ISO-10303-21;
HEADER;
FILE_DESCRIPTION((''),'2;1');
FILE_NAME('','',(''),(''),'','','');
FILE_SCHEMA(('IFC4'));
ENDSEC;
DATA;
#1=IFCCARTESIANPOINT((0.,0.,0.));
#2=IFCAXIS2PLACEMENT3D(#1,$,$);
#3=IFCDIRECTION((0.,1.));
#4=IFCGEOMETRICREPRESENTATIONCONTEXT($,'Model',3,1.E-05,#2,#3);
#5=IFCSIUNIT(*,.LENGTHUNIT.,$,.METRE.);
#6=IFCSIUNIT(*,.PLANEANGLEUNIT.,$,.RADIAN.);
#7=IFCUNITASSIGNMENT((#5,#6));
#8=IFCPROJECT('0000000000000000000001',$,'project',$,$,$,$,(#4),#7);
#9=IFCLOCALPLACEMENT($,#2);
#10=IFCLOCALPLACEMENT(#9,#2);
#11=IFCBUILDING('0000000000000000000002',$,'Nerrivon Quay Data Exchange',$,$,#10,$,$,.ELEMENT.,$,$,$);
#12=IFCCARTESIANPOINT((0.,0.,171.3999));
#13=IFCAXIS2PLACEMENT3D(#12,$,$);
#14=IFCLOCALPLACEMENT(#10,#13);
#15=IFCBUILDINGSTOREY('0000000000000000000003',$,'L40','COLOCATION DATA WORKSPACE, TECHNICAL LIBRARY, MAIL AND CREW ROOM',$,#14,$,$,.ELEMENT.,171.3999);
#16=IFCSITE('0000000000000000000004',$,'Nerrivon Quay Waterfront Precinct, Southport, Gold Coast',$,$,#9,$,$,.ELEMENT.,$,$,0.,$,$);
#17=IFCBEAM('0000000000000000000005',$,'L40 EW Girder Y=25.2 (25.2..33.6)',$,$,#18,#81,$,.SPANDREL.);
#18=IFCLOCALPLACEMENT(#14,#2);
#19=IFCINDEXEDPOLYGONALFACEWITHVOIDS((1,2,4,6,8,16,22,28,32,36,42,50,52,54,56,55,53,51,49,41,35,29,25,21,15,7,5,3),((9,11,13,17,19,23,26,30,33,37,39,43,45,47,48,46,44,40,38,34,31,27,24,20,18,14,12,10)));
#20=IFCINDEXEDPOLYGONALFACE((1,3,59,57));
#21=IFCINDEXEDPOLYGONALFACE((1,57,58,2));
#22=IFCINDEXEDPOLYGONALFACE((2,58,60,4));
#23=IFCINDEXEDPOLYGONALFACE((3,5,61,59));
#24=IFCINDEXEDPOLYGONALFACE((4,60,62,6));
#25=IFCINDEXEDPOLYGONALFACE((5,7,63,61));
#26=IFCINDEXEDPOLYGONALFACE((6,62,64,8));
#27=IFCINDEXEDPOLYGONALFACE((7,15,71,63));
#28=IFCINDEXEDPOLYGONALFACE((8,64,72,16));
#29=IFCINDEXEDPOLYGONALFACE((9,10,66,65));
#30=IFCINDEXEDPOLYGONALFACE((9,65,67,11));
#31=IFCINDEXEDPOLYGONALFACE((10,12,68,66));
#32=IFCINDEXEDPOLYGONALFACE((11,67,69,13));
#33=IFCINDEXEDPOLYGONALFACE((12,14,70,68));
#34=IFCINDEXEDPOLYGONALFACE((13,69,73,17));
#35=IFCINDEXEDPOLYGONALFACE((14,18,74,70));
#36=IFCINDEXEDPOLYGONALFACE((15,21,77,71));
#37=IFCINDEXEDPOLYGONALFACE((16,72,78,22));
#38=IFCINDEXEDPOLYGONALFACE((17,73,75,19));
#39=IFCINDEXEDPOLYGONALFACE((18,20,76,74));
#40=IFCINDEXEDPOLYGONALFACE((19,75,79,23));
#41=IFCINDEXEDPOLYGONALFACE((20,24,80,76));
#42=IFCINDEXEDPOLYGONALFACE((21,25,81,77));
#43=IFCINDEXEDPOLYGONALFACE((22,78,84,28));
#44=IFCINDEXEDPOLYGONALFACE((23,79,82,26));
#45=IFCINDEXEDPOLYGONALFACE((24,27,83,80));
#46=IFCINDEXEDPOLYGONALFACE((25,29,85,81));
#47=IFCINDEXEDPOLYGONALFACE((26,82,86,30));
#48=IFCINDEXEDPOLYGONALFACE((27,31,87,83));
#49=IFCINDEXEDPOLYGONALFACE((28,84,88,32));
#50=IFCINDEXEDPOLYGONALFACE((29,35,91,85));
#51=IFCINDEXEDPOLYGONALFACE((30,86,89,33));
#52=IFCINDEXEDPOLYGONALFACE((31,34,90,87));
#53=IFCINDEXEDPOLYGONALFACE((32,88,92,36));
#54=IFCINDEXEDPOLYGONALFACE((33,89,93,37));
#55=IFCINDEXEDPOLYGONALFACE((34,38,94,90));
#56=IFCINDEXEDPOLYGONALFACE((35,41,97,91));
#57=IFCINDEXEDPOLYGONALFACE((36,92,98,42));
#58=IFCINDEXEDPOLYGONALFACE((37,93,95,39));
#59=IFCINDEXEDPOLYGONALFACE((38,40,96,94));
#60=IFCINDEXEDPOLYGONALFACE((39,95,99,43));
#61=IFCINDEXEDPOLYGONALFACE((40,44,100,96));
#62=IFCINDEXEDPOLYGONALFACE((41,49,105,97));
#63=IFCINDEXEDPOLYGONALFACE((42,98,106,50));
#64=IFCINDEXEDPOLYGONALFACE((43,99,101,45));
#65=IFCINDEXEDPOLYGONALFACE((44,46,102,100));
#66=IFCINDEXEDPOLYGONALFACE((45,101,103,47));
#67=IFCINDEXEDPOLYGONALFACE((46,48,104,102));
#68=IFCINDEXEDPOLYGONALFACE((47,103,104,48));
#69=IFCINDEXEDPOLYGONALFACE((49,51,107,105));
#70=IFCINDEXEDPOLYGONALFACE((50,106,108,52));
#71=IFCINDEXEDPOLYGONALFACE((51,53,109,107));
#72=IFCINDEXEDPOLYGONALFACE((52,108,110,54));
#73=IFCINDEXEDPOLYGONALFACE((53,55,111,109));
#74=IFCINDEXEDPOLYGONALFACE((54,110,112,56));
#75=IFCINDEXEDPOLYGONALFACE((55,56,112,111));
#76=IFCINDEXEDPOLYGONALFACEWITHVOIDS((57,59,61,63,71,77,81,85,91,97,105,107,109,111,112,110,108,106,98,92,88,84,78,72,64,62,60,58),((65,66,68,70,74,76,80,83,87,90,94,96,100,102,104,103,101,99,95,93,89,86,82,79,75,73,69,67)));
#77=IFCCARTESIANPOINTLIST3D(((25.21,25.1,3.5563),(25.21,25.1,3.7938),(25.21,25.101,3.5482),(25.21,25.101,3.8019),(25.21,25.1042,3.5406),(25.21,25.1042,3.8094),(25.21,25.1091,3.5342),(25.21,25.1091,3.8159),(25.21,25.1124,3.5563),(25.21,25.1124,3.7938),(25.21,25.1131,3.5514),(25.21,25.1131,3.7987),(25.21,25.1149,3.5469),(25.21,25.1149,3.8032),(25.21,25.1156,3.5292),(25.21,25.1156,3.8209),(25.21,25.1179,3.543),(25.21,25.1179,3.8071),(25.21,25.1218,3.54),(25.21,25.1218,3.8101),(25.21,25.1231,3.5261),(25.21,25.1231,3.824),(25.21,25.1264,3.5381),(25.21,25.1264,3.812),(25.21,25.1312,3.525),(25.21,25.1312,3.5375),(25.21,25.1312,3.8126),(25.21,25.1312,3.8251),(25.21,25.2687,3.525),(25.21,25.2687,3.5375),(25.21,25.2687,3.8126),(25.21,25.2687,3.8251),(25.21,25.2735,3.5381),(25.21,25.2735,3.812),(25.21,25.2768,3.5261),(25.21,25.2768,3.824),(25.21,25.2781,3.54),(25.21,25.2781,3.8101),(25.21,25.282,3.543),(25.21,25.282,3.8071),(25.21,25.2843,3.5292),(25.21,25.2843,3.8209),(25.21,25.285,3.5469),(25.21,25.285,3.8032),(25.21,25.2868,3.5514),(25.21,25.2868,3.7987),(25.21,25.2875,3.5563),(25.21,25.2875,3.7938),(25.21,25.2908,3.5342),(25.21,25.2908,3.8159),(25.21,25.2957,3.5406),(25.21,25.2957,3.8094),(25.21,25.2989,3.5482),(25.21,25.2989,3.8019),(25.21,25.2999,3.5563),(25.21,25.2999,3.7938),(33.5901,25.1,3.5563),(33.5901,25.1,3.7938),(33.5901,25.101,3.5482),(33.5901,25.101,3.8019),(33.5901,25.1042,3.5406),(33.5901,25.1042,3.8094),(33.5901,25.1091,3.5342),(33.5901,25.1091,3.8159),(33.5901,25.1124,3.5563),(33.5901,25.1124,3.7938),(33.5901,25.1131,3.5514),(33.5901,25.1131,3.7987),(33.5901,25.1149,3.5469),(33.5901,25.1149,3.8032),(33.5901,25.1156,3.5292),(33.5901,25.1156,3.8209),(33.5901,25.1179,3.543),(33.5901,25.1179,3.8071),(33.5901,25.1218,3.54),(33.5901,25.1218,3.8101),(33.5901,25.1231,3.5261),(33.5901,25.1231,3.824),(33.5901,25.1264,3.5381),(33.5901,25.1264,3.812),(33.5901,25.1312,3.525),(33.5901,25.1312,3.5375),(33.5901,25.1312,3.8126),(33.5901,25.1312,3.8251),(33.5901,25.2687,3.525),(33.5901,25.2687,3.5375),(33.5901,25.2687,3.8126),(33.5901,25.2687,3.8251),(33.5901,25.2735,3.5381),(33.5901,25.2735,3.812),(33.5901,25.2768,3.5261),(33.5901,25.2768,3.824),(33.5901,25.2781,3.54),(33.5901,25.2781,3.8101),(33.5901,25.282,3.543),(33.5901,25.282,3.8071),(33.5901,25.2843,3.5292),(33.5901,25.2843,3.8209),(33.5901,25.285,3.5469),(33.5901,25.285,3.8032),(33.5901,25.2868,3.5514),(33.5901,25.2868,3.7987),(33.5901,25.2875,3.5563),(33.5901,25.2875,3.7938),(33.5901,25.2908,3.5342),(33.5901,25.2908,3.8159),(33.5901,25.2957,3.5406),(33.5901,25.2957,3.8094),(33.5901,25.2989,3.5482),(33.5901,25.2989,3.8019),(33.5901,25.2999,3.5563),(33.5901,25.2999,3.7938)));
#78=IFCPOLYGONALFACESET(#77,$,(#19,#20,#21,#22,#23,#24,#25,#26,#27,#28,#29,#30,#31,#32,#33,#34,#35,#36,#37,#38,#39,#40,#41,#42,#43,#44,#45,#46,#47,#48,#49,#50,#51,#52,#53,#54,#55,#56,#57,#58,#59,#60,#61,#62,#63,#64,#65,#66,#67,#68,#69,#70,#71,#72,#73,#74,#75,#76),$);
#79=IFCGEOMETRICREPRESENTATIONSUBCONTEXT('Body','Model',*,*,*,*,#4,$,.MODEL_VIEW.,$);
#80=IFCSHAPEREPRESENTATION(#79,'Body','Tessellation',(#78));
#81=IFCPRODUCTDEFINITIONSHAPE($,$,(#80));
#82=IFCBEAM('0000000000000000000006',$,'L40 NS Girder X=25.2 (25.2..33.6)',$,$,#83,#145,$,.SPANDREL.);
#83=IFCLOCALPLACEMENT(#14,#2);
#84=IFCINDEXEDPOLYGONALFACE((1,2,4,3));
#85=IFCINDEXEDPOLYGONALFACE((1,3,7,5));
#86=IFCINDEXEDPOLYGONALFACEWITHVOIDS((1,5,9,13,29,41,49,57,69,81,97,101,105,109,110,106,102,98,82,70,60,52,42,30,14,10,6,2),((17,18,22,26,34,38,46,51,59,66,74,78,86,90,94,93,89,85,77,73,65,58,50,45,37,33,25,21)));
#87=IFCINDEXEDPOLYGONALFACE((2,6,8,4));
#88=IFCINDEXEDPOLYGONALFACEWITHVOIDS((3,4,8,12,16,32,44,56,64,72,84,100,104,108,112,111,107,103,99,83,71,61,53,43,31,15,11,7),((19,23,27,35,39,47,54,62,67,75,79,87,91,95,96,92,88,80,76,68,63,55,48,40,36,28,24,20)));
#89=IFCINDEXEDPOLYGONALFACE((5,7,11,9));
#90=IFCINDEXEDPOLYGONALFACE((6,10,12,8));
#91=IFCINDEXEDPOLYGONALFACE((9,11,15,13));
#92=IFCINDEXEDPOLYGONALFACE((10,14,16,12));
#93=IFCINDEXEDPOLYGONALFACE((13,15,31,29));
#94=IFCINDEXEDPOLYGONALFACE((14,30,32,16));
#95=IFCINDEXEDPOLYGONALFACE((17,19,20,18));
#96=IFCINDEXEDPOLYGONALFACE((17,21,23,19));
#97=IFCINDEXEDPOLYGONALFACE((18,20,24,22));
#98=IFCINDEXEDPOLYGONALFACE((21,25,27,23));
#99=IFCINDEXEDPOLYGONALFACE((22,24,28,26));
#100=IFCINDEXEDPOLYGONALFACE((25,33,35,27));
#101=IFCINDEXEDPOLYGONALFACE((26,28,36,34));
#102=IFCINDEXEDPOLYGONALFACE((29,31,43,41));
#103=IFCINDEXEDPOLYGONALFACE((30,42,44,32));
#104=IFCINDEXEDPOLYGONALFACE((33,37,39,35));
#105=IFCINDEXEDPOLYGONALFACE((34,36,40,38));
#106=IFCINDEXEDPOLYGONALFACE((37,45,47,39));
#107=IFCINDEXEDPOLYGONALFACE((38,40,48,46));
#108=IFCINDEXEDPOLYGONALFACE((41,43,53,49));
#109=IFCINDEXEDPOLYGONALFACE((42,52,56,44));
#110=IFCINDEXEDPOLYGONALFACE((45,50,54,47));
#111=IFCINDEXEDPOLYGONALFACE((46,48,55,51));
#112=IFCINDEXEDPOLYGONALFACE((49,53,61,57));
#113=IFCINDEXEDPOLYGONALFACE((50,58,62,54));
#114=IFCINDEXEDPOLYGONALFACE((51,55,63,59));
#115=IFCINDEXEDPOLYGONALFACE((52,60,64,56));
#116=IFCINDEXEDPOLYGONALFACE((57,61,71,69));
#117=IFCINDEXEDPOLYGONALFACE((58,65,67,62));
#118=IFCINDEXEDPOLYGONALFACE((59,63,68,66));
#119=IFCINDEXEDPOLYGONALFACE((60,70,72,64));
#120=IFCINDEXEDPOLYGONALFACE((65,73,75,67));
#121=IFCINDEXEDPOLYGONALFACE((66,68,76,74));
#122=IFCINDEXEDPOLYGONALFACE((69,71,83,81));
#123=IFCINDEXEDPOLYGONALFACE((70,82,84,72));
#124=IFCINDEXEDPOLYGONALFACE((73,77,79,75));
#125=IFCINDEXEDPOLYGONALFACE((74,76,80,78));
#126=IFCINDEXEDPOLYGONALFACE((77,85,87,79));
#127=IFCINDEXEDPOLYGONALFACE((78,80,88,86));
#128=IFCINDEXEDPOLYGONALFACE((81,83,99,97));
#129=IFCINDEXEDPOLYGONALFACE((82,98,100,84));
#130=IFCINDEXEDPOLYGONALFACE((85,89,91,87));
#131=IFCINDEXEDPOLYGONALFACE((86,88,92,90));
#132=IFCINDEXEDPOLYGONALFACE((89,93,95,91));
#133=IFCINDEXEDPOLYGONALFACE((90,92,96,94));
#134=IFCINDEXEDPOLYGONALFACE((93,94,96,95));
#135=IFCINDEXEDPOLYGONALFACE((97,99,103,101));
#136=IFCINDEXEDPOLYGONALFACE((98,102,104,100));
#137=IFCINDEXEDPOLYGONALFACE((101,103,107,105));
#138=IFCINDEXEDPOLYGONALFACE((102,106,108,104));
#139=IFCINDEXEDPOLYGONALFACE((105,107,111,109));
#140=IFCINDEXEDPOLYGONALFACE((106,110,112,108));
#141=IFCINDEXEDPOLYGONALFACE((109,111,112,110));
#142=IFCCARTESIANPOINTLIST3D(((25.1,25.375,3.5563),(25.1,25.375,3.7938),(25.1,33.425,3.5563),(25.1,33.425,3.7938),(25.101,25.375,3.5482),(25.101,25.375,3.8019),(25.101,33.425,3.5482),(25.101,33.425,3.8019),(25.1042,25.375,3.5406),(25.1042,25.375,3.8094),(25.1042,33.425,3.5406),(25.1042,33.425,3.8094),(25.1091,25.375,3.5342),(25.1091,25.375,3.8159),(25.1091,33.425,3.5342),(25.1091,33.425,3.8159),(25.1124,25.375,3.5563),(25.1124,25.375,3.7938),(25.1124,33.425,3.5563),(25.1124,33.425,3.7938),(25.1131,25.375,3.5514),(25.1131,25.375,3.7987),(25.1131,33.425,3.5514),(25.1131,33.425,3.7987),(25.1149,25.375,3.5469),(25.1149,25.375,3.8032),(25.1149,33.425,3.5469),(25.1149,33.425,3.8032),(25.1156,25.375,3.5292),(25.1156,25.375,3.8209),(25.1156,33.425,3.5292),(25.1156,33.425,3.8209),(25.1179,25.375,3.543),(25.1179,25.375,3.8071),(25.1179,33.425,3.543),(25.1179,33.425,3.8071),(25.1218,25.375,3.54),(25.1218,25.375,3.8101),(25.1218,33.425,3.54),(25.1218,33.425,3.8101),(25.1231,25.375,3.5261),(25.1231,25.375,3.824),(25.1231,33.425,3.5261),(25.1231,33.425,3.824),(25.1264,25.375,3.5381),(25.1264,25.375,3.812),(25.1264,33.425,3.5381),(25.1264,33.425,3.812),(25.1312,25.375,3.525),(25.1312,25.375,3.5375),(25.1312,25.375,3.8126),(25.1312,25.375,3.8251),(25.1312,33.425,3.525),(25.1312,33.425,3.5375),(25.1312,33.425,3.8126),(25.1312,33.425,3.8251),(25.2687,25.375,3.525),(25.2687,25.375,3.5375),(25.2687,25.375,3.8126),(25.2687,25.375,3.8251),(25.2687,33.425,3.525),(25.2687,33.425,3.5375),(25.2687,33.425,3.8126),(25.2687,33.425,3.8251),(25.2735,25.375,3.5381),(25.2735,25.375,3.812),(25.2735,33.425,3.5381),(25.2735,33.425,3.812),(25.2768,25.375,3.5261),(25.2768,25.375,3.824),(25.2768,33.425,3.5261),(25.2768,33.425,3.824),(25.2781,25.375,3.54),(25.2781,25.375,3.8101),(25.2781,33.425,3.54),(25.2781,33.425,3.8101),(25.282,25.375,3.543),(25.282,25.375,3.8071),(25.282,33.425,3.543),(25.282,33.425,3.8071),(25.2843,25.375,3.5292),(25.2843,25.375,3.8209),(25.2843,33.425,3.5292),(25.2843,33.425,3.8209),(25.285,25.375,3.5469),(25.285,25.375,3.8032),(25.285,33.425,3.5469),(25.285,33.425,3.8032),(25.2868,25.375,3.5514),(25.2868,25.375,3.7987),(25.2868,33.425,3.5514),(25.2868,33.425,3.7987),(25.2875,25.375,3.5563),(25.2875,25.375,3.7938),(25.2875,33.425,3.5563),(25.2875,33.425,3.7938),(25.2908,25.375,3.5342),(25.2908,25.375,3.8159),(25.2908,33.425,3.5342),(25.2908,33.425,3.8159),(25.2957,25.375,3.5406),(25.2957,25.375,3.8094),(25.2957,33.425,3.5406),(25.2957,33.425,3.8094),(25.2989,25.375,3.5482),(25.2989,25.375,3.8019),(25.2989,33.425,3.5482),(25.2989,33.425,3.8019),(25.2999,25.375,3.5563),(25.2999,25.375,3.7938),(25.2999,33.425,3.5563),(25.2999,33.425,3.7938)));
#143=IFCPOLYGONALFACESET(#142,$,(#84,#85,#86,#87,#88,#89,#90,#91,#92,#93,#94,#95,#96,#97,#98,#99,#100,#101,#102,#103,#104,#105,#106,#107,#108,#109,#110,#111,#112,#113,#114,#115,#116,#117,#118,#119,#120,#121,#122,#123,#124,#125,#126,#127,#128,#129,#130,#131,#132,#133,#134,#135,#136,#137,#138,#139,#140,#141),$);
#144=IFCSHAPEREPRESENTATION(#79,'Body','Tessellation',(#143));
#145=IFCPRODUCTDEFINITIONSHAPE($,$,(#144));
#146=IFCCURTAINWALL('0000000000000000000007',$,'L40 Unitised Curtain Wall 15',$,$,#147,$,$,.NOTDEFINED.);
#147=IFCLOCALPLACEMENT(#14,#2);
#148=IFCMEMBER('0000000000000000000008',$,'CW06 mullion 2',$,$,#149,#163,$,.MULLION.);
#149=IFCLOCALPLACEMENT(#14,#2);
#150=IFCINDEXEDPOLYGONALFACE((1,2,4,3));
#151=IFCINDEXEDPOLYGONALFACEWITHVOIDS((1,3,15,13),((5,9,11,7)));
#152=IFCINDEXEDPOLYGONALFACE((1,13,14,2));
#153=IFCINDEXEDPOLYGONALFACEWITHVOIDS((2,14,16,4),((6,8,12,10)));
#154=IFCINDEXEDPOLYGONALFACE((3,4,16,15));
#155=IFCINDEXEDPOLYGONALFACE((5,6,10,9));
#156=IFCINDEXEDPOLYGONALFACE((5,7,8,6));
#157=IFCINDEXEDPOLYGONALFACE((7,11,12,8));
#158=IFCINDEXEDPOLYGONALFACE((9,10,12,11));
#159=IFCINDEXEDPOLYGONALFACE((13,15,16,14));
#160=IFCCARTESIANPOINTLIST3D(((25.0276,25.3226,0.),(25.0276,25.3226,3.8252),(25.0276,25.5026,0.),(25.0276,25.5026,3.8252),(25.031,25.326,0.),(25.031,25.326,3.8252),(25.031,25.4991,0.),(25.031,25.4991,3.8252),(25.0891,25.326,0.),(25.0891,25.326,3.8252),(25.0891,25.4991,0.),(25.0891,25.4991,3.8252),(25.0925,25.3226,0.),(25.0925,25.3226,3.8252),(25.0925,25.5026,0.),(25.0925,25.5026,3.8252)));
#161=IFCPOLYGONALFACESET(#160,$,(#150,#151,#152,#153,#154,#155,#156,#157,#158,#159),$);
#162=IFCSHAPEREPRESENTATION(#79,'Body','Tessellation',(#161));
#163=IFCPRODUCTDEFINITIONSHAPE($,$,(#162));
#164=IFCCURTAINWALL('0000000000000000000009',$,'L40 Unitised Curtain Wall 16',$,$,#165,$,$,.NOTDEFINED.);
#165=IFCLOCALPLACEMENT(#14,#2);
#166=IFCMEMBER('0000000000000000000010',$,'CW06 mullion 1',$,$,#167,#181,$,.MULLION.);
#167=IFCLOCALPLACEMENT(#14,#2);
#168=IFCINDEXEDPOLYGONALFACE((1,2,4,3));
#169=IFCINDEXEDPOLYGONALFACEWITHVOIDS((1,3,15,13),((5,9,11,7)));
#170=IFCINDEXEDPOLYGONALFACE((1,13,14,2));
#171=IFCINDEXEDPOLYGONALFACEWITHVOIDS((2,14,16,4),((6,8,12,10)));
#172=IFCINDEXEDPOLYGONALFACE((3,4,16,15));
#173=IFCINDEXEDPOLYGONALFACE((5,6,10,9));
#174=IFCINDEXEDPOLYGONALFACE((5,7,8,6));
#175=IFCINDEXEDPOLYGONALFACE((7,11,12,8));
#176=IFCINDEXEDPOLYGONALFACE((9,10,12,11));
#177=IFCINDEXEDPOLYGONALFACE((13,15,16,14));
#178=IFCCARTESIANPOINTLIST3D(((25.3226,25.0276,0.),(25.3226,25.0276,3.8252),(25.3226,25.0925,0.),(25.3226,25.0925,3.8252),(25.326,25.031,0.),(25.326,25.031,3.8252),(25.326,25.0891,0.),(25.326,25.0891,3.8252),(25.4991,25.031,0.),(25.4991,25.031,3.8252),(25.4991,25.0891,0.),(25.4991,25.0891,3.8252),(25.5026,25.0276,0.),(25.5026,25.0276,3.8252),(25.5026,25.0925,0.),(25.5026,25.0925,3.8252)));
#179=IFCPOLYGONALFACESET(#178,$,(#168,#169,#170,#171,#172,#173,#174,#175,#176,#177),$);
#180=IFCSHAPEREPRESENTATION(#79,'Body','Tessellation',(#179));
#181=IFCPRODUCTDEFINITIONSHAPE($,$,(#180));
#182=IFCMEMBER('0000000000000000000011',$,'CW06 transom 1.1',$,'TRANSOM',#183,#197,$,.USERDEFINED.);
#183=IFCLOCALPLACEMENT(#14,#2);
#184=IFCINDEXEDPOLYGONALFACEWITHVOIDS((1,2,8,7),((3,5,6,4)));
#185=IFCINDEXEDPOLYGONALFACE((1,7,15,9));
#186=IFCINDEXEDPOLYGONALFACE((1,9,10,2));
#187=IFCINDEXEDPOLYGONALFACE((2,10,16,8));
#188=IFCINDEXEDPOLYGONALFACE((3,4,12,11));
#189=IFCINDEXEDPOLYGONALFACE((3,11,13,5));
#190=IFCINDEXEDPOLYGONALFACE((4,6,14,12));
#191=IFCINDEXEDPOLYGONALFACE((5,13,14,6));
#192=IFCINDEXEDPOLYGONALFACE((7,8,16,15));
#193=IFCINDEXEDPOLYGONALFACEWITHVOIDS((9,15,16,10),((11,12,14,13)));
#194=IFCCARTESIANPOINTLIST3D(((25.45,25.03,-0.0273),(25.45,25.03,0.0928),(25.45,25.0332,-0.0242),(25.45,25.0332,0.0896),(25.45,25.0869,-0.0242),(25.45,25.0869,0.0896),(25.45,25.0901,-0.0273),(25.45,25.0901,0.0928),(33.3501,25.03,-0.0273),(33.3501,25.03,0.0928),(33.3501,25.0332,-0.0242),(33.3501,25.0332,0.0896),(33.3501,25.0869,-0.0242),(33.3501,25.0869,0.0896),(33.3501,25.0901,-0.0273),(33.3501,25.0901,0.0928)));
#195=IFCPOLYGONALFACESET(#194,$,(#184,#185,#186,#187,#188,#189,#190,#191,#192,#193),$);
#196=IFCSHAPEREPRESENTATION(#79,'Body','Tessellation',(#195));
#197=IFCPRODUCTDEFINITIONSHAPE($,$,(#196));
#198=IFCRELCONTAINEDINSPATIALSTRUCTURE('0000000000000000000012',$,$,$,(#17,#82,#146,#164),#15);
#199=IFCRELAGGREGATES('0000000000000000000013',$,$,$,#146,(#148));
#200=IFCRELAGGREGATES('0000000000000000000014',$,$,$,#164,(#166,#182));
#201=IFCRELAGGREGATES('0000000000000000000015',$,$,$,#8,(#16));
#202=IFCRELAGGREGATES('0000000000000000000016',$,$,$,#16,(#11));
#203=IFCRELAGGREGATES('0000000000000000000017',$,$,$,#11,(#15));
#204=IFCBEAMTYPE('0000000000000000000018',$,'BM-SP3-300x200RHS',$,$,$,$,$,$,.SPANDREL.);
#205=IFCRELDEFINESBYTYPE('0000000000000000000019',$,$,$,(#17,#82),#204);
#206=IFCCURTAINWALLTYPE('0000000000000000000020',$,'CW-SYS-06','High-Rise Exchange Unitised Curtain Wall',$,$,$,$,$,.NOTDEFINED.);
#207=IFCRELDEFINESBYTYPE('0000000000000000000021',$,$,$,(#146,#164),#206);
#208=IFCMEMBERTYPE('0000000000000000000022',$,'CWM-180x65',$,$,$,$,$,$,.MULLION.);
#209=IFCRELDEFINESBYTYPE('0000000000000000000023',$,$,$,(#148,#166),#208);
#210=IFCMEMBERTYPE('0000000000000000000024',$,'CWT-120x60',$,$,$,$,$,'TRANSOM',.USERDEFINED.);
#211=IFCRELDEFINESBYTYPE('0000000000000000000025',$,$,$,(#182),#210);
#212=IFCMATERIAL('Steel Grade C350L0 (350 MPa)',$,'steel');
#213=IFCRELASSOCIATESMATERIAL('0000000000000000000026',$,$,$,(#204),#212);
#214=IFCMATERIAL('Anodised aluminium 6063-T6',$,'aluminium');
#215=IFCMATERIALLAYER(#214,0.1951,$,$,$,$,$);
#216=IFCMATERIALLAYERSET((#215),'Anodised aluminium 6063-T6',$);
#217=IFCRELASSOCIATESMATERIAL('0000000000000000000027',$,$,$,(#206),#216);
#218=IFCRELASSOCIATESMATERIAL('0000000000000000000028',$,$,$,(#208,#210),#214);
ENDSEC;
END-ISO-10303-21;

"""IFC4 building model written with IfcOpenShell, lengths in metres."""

from ifc_helpers import new_model, si_unit, direction, frame, origin, origin_2d, place, context, subcontext, project, spatial, hollow_rectangle, extrude, material, layer, layer_set, material_profile, profile_set, type_object, element, aggregate, save


model = new_model("IFC4")

# Units and contexts
model_context = context("Model", 3, precision=1e-05, world=origin(), true_north=direction((0.0, 1.0)))
body_context = subcontext(model_context, "Body", "Model", "MODEL_VIEW")
ifc_project = project(units=[si_unit("LENGTHUNIT", "METRE"), si_unit("PLANEANGLEUNIT", "RADIAN")], contexts=[model_context])

# Site, building, storey
site_placement = place(None, origin())
site = spatial("IfcSite", under=ifc_project, at=site_placement, Name="Nerrivon Quay Waterfront Precinct, Southport, Gold Coast", CompositionType="ELEMENT", RefElevation=0.0)
building_placement = place(site_placement, origin())
building = spatial("IfcBuilding", under=site, at=building_placement, Name="Nerrivon Quay Data Exchange", CompositionType="ELEMENT")
storey_placement = place(building_placement, frame((0.0, 0.0, 171.3999)))
storey = spatial("IfcBuildingStorey", under=building, at=storey_placement, Name="L40", Description="COLOCATION DATA WORKSPACE, TECHNICAL LIBRARY, MAIL AND CREW ROOM", CompositionType="ELEMENT", Elevation=171.3999)

# Beams
ifc_material_1 = material(Name="Steel Grade C350L0 (350 MPa)", Category="steel")
ifc_material_profile_1 = material_profile(ifc_material_1, hollow_rectangle(XDim=0.2, YDim=0.3, WallThickness=0.0125, InnerFilletRadius=0.0188, OuterFilletRadius=0.0312, at=origin_2d()), Name="300x200x12.5RHS")
ifc_profile_set_1 = profile_set([ifc_material_profile_1], Name="Steel Grade C350L0 (350 MPa)")
beam_type_1 = type_object("IfcBeamType", Name="BM-SP3-300x200RHS", PredefinedType="SPANDREL", material=ifc_profile_set_1)
beam_1_placement = place(storey_placement, frame((25.21, 25.2, 3.675), z_axis=(1.0, 0.0, 0.0), x_axis=(0.0, 1.0, 0.0)))
element("IfcBeam", 1, at=beam_1_placement, inside=storey, type_object=beam_type_1, Name="L40 EW Girder Y=25.2 (25.2..33.6)", PredefinedType="SPANDREL", context=body_context, shape_type="SweptSolid", body=[
    extrude(hollow_rectangle(XDim=0.2, YDim=0.3, WallThickness=0.0125, InnerFilletRadius=0.0188, OuterFilletRadius=0.0312, at=origin_2d()), origin(), (0.0, 0.0, 1.0), 8.3801),
])
beam_2_placement = place(storey_placement, frame((25.2, 25.375, 3.675), z_axis=(0.0, 1.0, 0.0), x_axis=(-1.0, 0.0, 0.0)))
element("IfcBeam", 2, at=beam_2_placement, inside=storey, type_object=beam_type_1, Name="L40 NS Girder X=25.2 (25.2..33.6)", PredefinedType="SPANDREL", context=body_context, shape_type="SweptSolid", body=[
    extrude(hollow_rectangle(XDim=0.2, YDim=0.3, WallThickness=0.0125, InnerFilletRadius=0.0188, OuterFilletRadius=0.0312, at=origin_2d()), origin(), (0.0, 0.0, 1.0), 8.05),
])

# Curtain wall, member
ifc_material_2 = material(Name="Anodised aluminium 6063-T6", Category="aluminium")
ifc_layer_1 = layer(ifc_material_2, 0.1951)
ifc_layer_set_1 = layer_set([ifc_layer_1], Name="Anodised aluminium 6063-T6")
curtain_wall_type = type_object("IfcCurtainWallType", Name="CW-SYS-06", Description="High-Rise Exchange Unitised Curtain Wall", PredefinedType="NOTDEFINED", material=ifc_layer_set_1)
curtain_wall_1_placement = place(storey_placement, origin())
curtain_wall_1 = element("IfcCurtainWall", 3, at=curtain_wall_1_placement, inside=storey, type_object=curtain_wall_type, Name="L40 Unitised Curtain Wall 15", PredefinedType="NOTDEFINED")
ifc_material_profile_2 = material_profile(ifc_material_2, hollow_rectangle(XDim=0.0649, YDim=0.1799, WallThickness=0.0034, at=origin_2d()), Name="ALU-MULL-180x65")
ifc_profile_set_2 = profile_set([ifc_material_profile_2], Name="Anodised aluminium 6063-T6")
member_type_1 = type_object("IfcMemberType", Name="CWM-180x65", PredefinedType="MULLION", material=ifc_profile_set_2)
member_1_placement = place(storey_placement, frame((25.0601, 25.4126, 0.0), z_axis=(0.0, 0.0, 1.0), x_axis=(1.0, 0.0, 0.0)))
member_1 = element("IfcMember", 4, at=member_1_placement, type_object=member_type_1, Name="CW06 mullion 2", PredefinedType="MULLION", context=body_context, shape_type="SweptSolid", body=[
    extrude(hollow_rectangle(XDim=0.0649, YDim=0.1799, WallThickness=0.0034, at=origin_2d()), origin(), (0.0, 0.0, 1.0), 3.8252),
])

# Curtain wall, members
curtain_wall_2_placement = place(storey_placement, origin())
curtain_wall_2 = element("IfcCurtainWall", 5, at=curtain_wall_2_placement, inside=storey, type_object=curtain_wall_type, Name="L40 Unitised Curtain Wall 16", PredefinedType="NOTDEFINED")
member_2_placement = place(storey_placement, frame((25.4126, 25.0601, 0.0), z_axis=(0.0, 0.0, 1.0), x_axis=(0.0, 1.0, 0.0)))
member_2 = element("IfcMember", 6, at=member_2_placement, type_object=member_type_1, Name="CW06 mullion 1", PredefinedType="MULLION", context=body_context, shape_type="SweptSolid", body=[
    extrude(hollow_rectangle(XDim=0.0649, YDim=0.1799, WallThickness=0.0034, at=origin_2d()), origin(), (0.0, 0.0, 1.0), 3.8252),
])
ifc_material_profile_3 = material_profile(ifc_material_2, hollow_rectangle(XDim=0.0601, YDim=0.1201, WallThickness=0.0032, at=origin_2d()), Name="ALU-TRAN-120x60")
ifc_profile_set_3 = profile_set([ifc_material_profile_3], Name="Anodised aluminium 6063-T6")
member_type_2 = type_object("IfcMemberType", Name="CWT-120x60", ElementType="TRANSOM", PredefinedType="USERDEFINED", material=ifc_profile_set_3)
member_3_placement = place(storey_placement, frame((25.45, 25.0601, 0.0327), z_axis=(1.0, 0.0, 0.0), x_axis=(0.0, 1.0, 0.0)))
member_3 = element("IfcMember", 7, at=member_3_placement, type_object=member_type_2, Name="CW06 transom 1.1", ObjectType="TRANSOM", PredefinedType="USERDEFINED", context=body_context, shape_type="SweptSolid", body=[
    extrude(hollow_rectangle(XDim=0.0601, YDim=0.1201, WallThickness=0.0032, at=origin_2d()), origin(), (0.0, 0.0, 1.0), 7.9001),
])

aggregate(curtain_wall_1, [member_1])
aggregate(curtain_wall_2, [member_2, member_3])

save(model, "model.ifc")
